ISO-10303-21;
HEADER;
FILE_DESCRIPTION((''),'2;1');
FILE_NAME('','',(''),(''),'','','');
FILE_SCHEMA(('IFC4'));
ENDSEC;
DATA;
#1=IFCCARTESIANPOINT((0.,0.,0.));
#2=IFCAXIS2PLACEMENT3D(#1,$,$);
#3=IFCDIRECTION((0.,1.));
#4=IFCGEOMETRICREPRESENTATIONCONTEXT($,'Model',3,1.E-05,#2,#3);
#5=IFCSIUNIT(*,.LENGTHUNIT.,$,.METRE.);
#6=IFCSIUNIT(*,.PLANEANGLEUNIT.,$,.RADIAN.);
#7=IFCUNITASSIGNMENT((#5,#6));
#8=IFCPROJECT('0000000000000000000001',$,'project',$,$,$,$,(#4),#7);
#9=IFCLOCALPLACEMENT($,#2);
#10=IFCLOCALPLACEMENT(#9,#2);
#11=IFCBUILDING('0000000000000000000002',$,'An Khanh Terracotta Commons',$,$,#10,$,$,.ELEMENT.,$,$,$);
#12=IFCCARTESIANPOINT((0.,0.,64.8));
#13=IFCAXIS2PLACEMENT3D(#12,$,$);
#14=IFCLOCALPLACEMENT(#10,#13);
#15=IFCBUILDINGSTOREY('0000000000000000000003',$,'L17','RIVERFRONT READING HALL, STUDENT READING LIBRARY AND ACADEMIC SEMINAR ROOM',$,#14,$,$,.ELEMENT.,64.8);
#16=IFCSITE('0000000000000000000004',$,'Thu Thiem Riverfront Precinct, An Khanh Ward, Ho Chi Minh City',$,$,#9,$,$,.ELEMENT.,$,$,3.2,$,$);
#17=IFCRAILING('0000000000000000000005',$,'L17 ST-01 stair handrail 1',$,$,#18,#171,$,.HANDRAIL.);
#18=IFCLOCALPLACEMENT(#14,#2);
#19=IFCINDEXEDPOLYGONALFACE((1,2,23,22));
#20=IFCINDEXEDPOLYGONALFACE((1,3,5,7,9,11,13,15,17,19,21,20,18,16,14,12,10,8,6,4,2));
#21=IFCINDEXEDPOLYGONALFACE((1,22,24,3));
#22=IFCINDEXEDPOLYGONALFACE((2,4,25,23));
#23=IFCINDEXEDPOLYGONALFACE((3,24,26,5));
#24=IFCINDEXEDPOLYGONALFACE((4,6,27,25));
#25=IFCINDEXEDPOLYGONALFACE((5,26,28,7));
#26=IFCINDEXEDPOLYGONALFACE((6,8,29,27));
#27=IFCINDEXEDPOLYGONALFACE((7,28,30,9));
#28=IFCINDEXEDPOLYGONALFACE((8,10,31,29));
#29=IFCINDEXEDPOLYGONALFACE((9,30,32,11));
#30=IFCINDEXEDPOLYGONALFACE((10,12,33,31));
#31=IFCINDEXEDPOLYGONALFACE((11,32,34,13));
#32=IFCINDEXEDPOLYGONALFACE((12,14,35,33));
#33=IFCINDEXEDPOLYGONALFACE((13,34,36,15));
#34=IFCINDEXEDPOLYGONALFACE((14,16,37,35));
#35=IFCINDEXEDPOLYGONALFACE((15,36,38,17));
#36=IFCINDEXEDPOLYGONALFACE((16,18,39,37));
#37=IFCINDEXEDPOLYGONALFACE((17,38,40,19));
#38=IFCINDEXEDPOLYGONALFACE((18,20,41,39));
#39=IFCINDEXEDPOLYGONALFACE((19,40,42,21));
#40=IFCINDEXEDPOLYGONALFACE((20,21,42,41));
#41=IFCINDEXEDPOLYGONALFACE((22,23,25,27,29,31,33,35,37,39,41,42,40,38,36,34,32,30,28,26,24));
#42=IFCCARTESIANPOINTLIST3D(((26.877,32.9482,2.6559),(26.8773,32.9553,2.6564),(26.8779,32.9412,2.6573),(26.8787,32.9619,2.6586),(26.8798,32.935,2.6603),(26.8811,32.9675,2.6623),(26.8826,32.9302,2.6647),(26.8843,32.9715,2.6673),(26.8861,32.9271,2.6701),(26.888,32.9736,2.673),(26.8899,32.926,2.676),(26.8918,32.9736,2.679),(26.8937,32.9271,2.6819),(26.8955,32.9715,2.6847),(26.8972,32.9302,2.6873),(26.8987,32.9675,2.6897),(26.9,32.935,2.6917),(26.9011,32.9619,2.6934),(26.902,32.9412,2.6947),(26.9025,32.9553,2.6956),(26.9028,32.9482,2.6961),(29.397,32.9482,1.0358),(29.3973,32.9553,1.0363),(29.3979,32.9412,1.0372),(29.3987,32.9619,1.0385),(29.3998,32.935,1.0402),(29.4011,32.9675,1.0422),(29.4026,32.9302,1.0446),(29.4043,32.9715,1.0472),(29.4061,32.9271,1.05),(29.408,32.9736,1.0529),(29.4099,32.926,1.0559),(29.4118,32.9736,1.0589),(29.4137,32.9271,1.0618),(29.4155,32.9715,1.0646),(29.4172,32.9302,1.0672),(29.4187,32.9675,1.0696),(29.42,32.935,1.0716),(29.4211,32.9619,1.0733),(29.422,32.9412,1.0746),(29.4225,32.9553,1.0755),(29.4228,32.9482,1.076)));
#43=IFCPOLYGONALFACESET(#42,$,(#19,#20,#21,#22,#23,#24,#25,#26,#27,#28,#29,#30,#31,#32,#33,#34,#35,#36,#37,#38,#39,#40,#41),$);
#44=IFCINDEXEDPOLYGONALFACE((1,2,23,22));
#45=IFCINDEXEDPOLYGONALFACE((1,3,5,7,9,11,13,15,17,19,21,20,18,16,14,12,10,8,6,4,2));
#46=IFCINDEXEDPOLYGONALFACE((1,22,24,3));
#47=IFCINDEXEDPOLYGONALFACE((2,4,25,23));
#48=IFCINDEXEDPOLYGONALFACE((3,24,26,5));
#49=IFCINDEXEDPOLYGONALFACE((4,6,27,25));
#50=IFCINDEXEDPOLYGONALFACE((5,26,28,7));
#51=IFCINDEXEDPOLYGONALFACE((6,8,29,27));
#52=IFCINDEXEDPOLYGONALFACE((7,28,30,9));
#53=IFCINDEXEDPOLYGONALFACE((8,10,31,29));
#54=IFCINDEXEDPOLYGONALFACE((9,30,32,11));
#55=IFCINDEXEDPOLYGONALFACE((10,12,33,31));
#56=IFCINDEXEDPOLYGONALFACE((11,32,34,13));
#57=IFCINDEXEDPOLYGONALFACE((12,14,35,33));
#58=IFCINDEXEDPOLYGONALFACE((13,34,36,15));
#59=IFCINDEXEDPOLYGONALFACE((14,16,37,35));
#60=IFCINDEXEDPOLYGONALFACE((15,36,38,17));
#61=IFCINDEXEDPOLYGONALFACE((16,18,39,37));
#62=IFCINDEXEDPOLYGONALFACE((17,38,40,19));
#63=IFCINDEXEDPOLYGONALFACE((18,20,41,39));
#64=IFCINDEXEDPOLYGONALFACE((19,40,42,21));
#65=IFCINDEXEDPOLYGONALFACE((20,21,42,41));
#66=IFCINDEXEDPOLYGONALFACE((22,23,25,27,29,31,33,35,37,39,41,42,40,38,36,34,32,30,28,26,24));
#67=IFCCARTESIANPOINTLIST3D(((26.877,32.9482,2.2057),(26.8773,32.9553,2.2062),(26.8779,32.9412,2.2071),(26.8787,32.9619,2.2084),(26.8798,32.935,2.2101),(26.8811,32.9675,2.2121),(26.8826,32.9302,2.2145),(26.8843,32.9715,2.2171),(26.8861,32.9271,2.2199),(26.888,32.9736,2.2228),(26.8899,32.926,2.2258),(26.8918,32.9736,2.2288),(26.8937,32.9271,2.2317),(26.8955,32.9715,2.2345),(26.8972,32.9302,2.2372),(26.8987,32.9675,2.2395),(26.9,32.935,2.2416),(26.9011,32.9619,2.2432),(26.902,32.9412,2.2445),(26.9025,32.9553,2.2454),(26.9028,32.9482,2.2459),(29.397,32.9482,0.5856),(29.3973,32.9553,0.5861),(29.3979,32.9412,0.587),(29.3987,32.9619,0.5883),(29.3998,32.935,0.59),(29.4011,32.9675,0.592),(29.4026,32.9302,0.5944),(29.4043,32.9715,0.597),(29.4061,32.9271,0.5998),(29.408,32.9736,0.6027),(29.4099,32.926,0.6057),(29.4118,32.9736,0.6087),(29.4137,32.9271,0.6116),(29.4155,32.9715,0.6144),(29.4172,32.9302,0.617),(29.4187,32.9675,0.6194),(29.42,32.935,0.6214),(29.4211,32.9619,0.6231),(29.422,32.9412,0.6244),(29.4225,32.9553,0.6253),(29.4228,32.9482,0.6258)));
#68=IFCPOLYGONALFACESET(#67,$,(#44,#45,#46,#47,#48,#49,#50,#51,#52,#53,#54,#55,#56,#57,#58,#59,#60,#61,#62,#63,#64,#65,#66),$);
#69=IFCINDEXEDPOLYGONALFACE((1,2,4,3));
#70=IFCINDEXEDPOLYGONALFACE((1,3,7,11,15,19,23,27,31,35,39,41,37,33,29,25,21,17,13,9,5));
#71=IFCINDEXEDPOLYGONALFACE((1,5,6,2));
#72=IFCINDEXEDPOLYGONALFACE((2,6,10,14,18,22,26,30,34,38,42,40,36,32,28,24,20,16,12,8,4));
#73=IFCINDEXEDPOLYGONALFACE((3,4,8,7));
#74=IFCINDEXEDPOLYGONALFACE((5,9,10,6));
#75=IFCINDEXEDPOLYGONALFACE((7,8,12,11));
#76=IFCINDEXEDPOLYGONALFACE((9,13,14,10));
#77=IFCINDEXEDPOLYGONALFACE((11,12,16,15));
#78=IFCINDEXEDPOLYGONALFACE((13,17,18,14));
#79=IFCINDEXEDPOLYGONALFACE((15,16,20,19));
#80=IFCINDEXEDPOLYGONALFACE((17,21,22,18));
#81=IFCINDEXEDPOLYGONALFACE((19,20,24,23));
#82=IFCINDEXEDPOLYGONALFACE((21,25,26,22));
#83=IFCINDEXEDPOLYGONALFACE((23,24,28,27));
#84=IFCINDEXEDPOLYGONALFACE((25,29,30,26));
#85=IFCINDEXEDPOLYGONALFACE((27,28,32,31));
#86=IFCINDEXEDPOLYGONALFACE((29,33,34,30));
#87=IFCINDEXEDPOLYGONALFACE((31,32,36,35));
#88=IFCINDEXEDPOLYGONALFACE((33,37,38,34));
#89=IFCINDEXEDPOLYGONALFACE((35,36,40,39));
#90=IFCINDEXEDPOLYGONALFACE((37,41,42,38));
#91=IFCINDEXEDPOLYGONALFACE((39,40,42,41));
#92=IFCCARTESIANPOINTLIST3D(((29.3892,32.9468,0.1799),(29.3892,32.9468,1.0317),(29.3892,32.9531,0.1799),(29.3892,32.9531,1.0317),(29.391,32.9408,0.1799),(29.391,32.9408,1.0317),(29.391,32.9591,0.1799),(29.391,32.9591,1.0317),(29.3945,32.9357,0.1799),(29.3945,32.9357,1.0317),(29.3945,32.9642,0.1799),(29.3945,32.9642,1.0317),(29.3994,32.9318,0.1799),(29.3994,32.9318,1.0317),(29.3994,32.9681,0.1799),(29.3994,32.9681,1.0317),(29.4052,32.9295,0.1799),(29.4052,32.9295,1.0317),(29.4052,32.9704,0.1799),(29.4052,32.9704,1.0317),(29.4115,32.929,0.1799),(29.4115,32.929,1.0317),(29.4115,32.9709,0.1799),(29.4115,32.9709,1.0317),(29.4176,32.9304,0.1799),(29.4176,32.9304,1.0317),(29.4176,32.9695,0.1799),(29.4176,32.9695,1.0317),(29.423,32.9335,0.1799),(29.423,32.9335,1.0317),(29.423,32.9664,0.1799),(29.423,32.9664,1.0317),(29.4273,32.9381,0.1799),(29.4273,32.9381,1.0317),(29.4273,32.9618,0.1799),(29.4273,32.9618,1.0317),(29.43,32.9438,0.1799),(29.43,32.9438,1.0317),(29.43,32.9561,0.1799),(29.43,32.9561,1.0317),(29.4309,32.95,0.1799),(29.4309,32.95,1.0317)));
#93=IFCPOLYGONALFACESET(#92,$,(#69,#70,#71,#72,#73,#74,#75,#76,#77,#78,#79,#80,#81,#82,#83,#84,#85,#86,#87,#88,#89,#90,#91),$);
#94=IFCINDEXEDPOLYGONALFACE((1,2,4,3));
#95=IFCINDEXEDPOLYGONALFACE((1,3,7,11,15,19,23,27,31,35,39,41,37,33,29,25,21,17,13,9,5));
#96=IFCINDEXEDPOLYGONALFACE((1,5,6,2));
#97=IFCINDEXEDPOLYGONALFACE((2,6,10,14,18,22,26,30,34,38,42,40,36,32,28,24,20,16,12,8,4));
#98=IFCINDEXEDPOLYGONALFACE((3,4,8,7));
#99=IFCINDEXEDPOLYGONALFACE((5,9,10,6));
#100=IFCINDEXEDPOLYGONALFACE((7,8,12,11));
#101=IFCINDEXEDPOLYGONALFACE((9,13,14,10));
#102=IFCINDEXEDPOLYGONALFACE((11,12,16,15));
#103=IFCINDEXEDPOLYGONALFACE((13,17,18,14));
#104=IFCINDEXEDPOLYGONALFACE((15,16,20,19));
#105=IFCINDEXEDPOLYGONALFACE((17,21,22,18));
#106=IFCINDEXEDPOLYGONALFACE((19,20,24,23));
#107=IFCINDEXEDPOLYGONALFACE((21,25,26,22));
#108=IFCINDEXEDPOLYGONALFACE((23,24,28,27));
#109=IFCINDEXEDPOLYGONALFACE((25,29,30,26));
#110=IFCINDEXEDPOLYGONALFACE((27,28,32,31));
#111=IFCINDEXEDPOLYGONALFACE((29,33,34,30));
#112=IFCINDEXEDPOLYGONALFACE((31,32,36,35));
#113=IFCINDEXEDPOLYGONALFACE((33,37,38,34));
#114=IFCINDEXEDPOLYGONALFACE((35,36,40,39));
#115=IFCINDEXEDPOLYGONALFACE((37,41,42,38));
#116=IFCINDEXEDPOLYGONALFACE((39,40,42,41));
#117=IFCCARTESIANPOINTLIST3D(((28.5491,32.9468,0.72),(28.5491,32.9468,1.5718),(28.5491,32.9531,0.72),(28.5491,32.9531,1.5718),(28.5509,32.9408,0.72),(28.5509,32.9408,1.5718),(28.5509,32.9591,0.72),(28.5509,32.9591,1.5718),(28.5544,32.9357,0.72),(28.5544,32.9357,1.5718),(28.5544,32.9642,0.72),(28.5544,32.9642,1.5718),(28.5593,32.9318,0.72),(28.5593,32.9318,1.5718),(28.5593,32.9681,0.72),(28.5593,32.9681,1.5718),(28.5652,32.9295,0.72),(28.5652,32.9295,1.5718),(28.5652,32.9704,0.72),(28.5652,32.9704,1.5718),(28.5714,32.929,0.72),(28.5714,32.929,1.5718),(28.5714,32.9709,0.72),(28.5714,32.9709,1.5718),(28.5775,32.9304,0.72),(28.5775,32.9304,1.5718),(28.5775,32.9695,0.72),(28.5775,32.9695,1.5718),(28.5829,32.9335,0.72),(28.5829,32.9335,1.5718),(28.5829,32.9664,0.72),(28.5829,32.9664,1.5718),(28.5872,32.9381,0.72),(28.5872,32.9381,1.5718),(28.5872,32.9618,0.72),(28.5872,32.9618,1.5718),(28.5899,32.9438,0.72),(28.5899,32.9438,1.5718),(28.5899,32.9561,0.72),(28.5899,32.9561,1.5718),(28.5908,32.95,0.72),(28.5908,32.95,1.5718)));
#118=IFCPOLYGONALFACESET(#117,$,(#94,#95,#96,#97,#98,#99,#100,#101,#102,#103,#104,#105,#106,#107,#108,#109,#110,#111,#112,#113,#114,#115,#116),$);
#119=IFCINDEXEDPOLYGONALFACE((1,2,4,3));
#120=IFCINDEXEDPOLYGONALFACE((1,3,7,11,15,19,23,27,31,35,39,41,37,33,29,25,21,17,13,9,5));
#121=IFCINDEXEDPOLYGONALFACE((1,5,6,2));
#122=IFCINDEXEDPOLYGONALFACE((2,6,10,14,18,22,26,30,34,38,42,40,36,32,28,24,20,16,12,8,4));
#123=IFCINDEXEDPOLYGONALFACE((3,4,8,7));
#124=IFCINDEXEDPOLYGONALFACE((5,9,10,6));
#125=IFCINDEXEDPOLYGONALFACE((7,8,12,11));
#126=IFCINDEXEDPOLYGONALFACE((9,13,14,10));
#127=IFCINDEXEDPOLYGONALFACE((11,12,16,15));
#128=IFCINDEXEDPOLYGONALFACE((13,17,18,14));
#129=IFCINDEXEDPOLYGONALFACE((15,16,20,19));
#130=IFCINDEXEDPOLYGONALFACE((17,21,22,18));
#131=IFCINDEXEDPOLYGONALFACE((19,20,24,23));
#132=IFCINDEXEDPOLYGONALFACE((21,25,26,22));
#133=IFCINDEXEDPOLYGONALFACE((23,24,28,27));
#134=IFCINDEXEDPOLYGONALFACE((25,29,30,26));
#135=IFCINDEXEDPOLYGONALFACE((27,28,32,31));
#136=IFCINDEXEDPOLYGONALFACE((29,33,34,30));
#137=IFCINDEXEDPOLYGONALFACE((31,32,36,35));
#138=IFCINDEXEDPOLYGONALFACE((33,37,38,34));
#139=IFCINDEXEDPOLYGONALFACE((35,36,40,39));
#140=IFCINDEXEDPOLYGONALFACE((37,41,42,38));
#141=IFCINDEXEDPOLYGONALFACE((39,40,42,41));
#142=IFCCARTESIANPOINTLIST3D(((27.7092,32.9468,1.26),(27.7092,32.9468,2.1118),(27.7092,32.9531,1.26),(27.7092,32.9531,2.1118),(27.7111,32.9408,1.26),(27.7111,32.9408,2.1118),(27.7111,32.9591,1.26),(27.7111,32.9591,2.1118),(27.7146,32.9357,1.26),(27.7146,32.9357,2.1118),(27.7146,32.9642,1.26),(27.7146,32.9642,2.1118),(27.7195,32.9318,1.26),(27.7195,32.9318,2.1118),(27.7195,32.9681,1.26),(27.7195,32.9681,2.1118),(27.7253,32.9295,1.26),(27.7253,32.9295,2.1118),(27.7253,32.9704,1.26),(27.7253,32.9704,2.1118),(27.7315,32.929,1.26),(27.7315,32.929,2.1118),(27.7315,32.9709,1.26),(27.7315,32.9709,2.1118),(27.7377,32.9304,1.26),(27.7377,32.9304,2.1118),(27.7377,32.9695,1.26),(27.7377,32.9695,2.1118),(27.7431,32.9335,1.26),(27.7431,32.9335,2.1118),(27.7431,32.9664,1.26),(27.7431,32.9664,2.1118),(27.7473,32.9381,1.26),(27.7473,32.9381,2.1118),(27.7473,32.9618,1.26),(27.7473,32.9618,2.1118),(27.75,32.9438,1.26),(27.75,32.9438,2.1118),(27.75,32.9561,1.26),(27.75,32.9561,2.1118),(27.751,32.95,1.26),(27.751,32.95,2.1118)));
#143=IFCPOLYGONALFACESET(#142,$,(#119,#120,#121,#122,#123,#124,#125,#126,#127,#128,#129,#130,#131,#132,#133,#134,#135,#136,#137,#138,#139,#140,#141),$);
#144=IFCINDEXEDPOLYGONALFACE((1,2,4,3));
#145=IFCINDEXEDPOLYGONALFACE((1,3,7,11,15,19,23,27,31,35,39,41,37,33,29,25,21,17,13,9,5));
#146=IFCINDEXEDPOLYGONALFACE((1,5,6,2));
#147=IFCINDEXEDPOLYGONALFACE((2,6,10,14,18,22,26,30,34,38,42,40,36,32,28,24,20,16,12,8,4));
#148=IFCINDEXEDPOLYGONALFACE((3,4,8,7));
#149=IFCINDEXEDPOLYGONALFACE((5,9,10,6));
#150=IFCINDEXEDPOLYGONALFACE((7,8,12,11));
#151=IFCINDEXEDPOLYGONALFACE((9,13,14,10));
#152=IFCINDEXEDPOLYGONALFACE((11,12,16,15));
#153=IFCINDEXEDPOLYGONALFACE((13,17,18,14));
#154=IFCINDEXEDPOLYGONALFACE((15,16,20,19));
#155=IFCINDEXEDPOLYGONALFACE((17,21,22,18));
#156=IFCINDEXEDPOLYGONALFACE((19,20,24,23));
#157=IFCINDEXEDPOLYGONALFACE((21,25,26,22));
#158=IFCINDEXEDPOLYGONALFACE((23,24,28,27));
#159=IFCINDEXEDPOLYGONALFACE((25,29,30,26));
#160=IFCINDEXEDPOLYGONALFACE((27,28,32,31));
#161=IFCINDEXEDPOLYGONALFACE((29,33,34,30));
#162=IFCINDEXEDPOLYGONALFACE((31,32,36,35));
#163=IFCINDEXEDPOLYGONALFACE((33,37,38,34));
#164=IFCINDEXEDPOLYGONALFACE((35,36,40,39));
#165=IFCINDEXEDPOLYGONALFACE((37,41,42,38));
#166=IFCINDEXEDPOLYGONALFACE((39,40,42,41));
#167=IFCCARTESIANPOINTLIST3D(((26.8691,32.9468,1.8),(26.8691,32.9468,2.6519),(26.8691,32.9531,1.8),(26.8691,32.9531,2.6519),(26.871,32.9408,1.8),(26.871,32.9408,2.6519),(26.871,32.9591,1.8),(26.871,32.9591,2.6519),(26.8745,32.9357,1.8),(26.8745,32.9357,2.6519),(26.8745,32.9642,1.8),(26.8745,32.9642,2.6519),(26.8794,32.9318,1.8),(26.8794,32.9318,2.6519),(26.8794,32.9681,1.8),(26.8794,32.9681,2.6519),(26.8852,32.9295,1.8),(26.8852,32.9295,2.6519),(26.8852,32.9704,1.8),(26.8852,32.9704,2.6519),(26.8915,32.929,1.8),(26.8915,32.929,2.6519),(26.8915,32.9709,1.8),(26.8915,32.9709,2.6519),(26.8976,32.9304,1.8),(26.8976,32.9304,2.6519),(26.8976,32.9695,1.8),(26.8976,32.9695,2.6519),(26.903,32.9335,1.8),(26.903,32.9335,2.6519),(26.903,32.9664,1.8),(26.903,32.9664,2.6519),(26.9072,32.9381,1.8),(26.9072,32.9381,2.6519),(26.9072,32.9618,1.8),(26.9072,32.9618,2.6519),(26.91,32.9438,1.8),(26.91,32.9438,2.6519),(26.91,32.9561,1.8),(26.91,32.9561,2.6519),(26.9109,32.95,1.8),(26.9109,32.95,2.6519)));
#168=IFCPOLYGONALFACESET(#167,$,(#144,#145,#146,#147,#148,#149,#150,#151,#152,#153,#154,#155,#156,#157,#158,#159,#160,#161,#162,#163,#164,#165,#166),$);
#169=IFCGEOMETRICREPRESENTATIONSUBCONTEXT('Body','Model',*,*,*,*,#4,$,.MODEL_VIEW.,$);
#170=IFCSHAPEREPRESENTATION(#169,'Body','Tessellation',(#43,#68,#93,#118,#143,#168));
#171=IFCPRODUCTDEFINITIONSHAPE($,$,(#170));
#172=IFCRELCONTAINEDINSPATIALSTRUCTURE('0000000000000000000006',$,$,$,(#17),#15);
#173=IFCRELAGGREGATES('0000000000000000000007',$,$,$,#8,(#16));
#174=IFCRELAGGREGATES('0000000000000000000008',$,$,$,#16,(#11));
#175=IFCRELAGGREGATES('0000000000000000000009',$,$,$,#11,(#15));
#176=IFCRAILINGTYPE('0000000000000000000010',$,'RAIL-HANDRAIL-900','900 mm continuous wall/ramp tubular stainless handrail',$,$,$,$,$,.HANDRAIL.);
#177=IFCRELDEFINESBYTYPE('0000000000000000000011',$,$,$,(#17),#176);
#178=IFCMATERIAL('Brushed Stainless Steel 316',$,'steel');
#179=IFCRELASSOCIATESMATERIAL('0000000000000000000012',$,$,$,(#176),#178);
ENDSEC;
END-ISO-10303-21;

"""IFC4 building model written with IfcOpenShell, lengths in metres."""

from ifc_helpers import new_model, si_unit, direction, frame, origin, origin_2d, place, context, subcontext, project, spatial, circle, extrude, material, type_object, element, save


model = new_model("IFC4")

# Units and contexts
model_context = context("Model", 3, precision=1e-05, world=origin(), true_north=direction((0.0, 1.0)))
body_context = subcontext(model_context, "Body", "Model", "MODEL_VIEW")
ifc_project = project(units=[si_unit("LENGTHUNIT", "METRE"), si_unit("PLANEANGLEUNIT", "RADIAN")], contexts=[model_context])

# Site, building, storey
site_placement = place(None, origin())
site = spatial("IfcSite", under=ifc_project, at=site_placement, Name="Thu Thiem Riverfront Precinct, An Khanh Ward, Ho Chi Minh City", CompositionType="ELEMENT", RefElevation=3.2)
building_placement = place(site_placement, origin())
building = spatial("IfcBuilding", under=site, at=building_placement, Name="An Khanh Terracotta Commons", CompositionType="ELEMENT")
storey_placement = place(building_placement, frame((0.0, 0.0, 64.8)))
storey = spatial("IfcBuildingStorey", under=building, at=storey_placement, Name="L17", Description="RIVERFRONT READING HALL, STUDENT READING LIBRARY AND ACADEMIC SEMINAR ROOM", CompositionType="ELEMENT", Elevation=64.8)

# Railing
ifc_material_1 = material(Name="Brushed Stainless Steel 316", Category="steel")
railing_type_1 = type_object("IfcRailingType", Name="RAIL-HANDRAIL-900", Description="900 mm continuous wall/ramp tubular stainless handrail", PredefinedType="HANDRAIL", material=ifc_material_1)
railing_1_placement = place(storey_placement, frame((29.4099, 32.95, 0.1799)))
element("IfcRailing", 1, at=railing_1_placement, inside=storey, type_object=railing_type_1, Name="L17 ST-01 stair handrail 1", PredefinedType="HANDRAIL", context=body_context, shape_type="SweptSolid", body=[
    extrude(circle(Radius=0.0239, at=origin_2d()), frame((0.0, 0.0, 0.876), z_axis=(-0.841163, 0.0, 0.540782), x_axis=(0.0, -1.0, 0.0)), (0.0, 0.0, 1.0), 2.9958),
    extrude(circle(Radius=0.0239, at=origin_2d()), frame((0.0, 0.0, 0.4258), z_axis=(-0.841163, 0.0, 0.540782), x_axis=(0.0, -1.0, 0.0)), (0.0, 0.0, 1.0), 2.9958),
    extrude(circle(Radius=0.021, at=origin_2d()), origin(), (0.0, 0.0, 1.0), 0.8518),
    extrude(circle(Radius=0.021, at=origin_2d()), frame((-0.8401, 0.0, 0.54)), (0.0, 0.0, 1.0), 0.8518),
    extrude(circle(Radius=0.021, at=origin_2d()), frame((-1.6799, 0.0, 1.0801)), (0.0, 0.0, 1.0), 0.8518),
    extrude(circle(Radius=0.021, at=origin_2d()), frame((-2.52, 0.0, 1.6201)), (0.0, 0.0, 1.0), 0.8518),
])

save(model, "model.ifc")
